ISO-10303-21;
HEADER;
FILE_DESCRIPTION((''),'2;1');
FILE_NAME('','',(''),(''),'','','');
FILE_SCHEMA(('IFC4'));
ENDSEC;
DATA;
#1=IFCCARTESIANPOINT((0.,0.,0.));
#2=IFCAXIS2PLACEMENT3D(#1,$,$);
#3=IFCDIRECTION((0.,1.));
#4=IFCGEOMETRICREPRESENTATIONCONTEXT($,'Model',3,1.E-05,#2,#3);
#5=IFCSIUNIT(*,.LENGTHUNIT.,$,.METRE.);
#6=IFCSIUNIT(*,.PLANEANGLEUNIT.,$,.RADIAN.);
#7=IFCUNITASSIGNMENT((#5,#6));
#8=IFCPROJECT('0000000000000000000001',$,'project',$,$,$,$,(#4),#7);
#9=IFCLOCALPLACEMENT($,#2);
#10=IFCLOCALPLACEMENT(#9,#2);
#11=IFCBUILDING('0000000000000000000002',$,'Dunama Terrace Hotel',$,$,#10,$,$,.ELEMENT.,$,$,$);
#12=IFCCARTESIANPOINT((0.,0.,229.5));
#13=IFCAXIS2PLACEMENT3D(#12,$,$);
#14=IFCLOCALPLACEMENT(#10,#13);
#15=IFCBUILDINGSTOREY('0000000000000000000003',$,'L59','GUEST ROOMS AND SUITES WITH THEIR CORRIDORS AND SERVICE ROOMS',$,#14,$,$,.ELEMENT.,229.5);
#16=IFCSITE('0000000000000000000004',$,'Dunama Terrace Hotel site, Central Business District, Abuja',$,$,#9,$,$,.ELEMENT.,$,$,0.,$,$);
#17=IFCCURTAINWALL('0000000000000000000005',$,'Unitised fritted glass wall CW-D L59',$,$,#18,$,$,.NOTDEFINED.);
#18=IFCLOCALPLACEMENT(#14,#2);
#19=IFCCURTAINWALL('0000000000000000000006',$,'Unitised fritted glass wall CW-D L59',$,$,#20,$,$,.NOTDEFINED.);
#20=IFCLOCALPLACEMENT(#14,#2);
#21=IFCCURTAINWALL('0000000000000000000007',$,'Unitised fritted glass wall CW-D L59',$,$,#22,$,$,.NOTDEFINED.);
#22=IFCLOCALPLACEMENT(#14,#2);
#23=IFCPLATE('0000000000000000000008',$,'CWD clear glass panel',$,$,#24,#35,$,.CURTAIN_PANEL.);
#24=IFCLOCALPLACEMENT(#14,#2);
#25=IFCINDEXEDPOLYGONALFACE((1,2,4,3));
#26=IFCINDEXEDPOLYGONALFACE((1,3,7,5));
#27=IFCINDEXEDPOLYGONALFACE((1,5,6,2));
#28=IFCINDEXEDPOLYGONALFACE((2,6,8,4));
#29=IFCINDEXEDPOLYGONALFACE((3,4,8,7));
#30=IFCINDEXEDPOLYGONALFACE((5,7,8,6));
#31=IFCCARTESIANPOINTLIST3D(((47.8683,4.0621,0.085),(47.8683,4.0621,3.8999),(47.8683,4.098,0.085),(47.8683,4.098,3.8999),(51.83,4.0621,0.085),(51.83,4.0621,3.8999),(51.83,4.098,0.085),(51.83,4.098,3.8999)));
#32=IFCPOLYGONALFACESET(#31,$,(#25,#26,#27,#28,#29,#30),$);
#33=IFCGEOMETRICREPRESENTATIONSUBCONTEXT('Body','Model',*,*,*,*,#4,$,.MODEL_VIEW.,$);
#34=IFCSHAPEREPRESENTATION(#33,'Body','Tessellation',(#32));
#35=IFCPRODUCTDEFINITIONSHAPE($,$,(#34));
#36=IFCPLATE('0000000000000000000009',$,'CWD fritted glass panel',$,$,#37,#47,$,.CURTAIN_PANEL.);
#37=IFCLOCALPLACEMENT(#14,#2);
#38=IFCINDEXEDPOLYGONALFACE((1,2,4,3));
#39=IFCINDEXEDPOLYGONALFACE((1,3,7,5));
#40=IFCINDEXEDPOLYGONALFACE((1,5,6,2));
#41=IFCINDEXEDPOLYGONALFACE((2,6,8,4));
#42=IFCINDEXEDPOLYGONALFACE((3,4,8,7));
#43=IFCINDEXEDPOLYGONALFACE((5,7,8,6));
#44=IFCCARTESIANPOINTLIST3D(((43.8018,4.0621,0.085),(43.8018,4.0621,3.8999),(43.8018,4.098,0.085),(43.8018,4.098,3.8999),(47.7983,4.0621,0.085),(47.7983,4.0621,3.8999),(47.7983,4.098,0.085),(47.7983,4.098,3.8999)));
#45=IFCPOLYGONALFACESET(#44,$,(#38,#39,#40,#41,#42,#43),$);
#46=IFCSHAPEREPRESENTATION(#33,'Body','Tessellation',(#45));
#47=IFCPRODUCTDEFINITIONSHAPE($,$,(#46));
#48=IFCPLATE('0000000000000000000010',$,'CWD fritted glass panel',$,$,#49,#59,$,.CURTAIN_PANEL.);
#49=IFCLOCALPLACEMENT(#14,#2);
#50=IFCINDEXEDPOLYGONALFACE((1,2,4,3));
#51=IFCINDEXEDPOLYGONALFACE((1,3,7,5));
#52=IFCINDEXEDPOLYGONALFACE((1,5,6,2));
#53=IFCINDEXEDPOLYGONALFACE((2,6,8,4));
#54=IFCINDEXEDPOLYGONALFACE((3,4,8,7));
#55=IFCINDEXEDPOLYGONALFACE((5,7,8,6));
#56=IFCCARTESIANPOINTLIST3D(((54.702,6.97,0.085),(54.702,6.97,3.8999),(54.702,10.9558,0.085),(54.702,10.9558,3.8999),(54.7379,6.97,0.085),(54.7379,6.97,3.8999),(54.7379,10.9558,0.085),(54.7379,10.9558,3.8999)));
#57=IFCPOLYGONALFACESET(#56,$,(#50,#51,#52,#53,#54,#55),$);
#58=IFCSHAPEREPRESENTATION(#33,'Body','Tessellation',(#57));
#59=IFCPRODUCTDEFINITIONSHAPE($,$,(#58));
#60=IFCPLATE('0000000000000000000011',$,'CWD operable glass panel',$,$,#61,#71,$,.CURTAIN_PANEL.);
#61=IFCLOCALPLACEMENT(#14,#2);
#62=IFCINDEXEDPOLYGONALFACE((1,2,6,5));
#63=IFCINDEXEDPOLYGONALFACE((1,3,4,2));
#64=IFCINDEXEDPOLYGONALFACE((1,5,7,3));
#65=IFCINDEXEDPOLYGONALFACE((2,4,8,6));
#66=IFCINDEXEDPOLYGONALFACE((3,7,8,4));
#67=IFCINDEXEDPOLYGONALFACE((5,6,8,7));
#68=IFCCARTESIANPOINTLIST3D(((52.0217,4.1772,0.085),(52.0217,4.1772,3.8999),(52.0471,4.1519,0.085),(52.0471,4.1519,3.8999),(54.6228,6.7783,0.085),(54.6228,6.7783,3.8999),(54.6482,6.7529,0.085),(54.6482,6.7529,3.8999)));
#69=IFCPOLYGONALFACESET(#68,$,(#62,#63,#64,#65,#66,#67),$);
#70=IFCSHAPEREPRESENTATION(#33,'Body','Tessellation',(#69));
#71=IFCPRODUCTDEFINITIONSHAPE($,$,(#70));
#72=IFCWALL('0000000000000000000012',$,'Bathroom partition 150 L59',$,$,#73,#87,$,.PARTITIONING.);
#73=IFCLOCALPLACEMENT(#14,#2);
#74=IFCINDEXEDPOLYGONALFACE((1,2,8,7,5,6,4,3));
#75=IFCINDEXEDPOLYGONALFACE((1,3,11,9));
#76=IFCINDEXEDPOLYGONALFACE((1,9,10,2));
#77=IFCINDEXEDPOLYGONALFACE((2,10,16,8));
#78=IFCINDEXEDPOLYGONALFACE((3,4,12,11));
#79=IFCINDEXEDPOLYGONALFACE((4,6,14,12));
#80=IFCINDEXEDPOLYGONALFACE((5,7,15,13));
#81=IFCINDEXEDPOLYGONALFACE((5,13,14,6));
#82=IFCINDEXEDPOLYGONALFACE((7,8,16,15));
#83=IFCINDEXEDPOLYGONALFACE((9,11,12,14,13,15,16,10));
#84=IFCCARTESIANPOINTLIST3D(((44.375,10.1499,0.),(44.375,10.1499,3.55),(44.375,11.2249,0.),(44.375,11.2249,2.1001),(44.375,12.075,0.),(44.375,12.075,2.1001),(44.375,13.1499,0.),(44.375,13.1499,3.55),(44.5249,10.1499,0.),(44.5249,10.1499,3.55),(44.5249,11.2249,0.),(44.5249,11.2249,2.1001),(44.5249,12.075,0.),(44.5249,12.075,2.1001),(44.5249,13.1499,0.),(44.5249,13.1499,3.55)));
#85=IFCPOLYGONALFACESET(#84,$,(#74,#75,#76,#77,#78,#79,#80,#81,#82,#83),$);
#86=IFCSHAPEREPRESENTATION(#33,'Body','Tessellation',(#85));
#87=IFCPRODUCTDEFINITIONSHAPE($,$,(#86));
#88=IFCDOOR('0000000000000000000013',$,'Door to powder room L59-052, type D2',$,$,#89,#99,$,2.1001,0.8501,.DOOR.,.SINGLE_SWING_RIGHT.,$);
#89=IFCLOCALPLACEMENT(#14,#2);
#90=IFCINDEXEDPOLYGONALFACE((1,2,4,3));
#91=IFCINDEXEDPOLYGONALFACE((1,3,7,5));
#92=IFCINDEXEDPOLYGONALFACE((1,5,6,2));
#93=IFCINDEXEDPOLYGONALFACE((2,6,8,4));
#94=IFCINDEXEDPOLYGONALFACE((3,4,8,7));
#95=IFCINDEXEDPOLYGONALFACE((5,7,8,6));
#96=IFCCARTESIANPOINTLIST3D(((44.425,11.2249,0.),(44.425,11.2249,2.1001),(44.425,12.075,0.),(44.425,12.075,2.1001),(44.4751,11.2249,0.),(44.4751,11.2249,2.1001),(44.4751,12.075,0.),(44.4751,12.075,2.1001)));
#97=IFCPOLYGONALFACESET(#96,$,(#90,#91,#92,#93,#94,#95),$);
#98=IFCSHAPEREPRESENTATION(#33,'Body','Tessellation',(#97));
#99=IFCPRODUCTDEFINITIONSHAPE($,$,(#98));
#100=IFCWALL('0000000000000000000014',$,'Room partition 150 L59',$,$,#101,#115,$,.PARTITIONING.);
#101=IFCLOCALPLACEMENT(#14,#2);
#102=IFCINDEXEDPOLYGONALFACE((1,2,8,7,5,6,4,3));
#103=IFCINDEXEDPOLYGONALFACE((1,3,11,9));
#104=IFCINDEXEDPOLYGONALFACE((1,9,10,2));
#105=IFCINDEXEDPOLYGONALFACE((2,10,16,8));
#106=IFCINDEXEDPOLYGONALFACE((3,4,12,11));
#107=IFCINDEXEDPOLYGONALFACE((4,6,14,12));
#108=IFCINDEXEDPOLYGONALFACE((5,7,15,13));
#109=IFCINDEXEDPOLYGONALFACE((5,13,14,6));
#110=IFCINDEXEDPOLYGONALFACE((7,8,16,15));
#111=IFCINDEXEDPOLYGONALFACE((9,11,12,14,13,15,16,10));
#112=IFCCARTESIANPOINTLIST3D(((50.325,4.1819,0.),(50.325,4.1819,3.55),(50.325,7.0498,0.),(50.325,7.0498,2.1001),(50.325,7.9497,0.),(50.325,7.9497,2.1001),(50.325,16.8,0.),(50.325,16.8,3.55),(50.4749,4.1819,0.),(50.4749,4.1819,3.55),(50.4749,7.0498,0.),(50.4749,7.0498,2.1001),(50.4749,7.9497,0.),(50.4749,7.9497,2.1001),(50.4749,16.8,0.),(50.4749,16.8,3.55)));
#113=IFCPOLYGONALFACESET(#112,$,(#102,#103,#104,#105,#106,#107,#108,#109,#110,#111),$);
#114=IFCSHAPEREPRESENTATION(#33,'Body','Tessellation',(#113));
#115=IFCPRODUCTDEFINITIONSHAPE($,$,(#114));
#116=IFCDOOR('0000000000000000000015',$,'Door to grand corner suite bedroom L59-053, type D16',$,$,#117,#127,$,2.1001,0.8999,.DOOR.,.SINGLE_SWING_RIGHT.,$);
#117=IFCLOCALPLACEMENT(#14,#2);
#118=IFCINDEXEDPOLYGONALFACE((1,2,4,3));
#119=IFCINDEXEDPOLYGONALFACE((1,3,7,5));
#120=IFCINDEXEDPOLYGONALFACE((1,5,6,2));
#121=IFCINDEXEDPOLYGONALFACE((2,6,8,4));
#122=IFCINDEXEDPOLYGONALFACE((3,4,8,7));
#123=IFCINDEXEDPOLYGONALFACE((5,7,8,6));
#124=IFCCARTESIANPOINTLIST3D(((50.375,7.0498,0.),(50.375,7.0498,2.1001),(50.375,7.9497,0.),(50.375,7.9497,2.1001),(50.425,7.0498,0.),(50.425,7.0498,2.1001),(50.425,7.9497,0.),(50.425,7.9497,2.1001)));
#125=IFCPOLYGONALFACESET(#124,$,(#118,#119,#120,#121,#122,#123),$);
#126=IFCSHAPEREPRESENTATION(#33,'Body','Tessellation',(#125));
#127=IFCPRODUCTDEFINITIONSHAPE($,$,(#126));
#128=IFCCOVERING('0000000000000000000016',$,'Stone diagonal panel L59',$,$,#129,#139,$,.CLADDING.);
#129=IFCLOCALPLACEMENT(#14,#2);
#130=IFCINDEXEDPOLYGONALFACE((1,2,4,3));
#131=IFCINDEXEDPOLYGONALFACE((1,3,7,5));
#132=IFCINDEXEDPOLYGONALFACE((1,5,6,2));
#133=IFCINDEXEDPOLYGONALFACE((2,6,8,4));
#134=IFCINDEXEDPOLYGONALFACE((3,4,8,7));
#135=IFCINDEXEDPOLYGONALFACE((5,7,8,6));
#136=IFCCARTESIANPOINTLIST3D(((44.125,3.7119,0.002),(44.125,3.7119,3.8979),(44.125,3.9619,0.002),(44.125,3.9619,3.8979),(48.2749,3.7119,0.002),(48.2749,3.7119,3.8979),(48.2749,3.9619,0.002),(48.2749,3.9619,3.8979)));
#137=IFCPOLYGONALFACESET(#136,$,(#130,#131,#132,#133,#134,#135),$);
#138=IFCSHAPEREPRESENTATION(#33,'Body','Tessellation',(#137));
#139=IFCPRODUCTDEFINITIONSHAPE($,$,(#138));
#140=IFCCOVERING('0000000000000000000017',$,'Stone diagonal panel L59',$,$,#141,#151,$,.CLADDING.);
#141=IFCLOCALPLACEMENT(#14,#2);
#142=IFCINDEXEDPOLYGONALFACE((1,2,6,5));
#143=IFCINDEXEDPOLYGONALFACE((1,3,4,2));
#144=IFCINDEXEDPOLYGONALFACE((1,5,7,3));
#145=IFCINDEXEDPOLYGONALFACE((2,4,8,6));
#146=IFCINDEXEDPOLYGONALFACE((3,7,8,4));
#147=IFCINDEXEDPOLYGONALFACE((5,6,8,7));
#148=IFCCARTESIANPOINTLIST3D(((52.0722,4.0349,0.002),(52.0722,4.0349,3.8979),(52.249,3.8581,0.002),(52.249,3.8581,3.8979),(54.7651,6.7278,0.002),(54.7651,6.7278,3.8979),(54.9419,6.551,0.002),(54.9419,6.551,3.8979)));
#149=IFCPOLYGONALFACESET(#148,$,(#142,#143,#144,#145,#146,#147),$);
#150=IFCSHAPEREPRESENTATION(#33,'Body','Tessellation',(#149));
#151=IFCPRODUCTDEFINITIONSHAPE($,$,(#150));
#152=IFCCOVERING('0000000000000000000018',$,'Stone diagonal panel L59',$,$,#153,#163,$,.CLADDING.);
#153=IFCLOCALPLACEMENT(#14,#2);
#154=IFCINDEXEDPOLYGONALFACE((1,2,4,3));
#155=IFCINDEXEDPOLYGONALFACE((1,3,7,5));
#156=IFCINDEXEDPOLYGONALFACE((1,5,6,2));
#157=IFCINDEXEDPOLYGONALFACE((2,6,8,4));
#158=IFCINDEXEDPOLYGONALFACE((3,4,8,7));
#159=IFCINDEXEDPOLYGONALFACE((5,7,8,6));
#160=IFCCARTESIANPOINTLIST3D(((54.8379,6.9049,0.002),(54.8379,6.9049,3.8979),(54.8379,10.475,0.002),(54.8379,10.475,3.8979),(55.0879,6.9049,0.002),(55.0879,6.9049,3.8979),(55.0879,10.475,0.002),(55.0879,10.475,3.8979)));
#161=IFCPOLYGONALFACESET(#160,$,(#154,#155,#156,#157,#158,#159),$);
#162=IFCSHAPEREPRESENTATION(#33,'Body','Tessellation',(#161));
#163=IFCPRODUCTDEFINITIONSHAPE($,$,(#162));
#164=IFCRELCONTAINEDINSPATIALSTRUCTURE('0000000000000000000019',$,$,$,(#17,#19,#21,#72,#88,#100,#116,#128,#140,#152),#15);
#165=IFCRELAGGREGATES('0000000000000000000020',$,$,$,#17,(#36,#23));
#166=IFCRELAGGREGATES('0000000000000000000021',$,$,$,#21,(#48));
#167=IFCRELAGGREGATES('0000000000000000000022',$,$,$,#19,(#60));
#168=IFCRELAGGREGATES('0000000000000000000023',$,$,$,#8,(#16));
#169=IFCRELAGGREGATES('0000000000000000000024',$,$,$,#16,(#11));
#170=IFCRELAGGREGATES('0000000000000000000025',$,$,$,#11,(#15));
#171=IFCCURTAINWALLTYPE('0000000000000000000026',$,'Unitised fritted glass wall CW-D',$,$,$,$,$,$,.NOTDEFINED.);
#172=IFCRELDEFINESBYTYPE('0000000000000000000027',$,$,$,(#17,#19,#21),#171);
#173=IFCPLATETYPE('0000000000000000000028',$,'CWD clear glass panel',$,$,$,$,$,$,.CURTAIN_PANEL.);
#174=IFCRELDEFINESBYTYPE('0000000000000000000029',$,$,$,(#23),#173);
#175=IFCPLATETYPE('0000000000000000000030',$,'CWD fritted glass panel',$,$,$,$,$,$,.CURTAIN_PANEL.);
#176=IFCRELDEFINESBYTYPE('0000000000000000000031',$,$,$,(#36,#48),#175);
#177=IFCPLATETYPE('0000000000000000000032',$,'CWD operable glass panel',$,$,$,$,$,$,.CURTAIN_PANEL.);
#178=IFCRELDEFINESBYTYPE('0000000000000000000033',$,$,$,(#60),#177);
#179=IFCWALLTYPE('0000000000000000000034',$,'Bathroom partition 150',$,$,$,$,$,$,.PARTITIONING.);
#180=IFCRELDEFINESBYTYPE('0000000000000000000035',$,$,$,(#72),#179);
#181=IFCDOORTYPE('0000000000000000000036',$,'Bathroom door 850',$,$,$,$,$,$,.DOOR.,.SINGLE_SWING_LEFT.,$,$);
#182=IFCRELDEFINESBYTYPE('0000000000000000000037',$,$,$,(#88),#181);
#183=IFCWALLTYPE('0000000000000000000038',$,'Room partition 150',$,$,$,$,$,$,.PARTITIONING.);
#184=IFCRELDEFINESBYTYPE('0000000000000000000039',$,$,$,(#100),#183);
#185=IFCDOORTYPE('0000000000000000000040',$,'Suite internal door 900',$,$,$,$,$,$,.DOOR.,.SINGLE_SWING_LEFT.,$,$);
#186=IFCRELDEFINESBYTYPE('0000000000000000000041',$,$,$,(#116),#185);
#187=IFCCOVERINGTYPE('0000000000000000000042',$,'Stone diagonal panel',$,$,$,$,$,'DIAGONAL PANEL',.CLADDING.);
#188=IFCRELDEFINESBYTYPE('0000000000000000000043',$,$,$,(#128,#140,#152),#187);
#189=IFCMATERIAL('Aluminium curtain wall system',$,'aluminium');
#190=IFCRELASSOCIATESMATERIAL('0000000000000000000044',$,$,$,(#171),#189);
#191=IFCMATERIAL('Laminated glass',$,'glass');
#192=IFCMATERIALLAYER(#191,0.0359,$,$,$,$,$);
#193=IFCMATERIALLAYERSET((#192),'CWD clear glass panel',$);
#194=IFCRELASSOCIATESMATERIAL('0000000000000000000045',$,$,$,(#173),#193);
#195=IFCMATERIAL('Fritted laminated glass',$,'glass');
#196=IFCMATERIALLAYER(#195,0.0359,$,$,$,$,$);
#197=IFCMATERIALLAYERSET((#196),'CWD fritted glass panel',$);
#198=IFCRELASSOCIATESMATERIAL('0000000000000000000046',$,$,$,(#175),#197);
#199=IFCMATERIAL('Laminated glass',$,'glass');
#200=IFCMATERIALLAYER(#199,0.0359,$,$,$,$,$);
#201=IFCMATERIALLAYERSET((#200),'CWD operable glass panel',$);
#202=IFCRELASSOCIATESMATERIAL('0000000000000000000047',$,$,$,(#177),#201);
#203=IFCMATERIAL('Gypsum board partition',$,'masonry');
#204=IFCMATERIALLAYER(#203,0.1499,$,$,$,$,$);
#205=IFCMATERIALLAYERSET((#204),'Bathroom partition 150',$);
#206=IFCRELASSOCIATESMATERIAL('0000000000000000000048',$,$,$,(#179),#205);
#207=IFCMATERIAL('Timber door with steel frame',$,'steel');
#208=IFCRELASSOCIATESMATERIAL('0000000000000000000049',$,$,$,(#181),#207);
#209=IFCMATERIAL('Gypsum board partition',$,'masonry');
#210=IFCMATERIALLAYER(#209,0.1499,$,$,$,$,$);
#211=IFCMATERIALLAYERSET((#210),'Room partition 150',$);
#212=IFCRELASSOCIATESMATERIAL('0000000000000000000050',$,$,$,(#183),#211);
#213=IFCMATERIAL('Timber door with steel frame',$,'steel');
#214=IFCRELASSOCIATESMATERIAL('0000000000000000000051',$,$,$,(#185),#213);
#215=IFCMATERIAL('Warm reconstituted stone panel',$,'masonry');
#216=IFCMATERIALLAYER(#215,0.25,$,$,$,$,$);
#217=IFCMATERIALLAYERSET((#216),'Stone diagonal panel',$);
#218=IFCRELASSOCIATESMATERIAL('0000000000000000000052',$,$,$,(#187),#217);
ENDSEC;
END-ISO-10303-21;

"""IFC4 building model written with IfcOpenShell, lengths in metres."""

from ifc_helpers import new_model, si_unit, direction, frame, frame_2d, origin, origin_2d, place, context, subcontext, project, spatial, rectangle, extrude, material, layer, layer_set, type_object, element, fill, aggregate, save


model = new_model("IFC4")

# Units and contexts
model_context = context("Model", 3, precision=1e-05, world=origin(), true_north=direction((0.0, 1.0)))
body_context = subcontext(model_context, "Body", "Model", "MODEL_VIEW")
ifc_project = project(units=[si_unit("LENGTHUNIT", "METRE"), si_unit("PLANEANGLEUNIT", "RADIAN")], contexts=[model_context])

# Site, building, storey
site_placement = place(None, origin())
site = spatial("IfcSite", under=ifc_project, at=site_placement, Name="Dunama Terrace Hotel site, Central Business District, Abuja", CompositionType="ELEMENT", RefElevation=0.0)
building_placement = place(site_placement, origin())
building = spatial("IfcBuilding", under=site, at=building_placement, Name="Dunama Terrace Hotel", CompositionType="ELEMENT")
storey_placement = place(building_placement, frame((0.0, 0.0, 229.5)))
storey = spatial("IfcBuildingStorey", under=building, at=storey_placement, Name="L59", Description="GUEST ROOMS AND SUITES WITH THEIR CORRIDORS AND SERVICE ROOMS", CompositionType="ELEMENT", Elevation=229.5)

# Curtain walls
ifc_material_1 = material(Name="Aluminium curtain wall system", Category="aluminium")
curtain_wall_type = type_object("IfcCurtainWallType", Name="Unitised fritted glass wall CW-D", PredefinedType="NOTDEFINED", material=ifc_material_1)
curtain_wall_1_placement = place(storey_placement, origin())
curtain_wall_1 = element("IfcCurtainWall", 1, at=curtain_wall_1_placement, inside=storey, type_object=curtain_wall_type, Name="Unitised fritted glass wall CW-D L59", PredefinedType="NOTDEFINED")
curtain_wall_2_placement = place(storey_placement, origin())
curtain_wall_2 = element("IfcCurtainWall", 2, at=curtain_wall_2_placement, inside=storey, type_object=curtain_wall_type, Name="Unitised fritted glass wall CW-D L59", PredefinedType="NOTDEFINED")

# Curtain wall
curtain_wall_3_placement = place(storey_placement, origin())
curtain_wall_3 = element("IfcCurtainWall", 3, at=curtain_wall_3_placement, inside=storey, type_object=curtain_wall_type, Name="Unitised fritted glass wall CW-D L59", PredefinedType="NOTDEFINED")

# Plates
ifc_material_2 = material(Name="Laminated glass", Category="glass")
ifc_layer_1 = layer(ifc_material_2, 0.0359)
ifc_layer_set_1 = layer_set([ifc_layer_1], Name="CWD clear glass panel")
plate_type_1 = type_object("IfcPlateType", Name="CWD clear glass panel", PredefinedType="CURTAIN_PANEL", material=ifc_layer_set_1)
plate_1_placement = place(storey_placement, frame((49.8491, 4.0801, 0.085), z_axis=(0.0, 0.0, 1.0), x_axis=(1.0, 0.0, 0.0)))
plate_1 = element("IfcPlate", 4, at=plate_1_placement, type_object=plate_type_1, Name="CWD clear glass panel", PredefinedType="CURTAIN_PANEL", context=body_context, shape_type="SweptSolid", body=[
    extrude(rectangle(XDim=3.9617, YDim=0.0359, at=origin_2d()), origin(), (0.0, 0.0, 1.0), 3.8149),
])
ifc_material_3 = material(Name="Fritted laminated glass", Category="glass")
ifc_layer_2 = layer(ifc_material_3, 0.0359)
ifc_layer_set_2 = layer_set([ifc_layer_2], Name="CWD fritted glass panel")
plate_type_2 = type_object("IfcPlateType", Name="CWD fritted glass panel", PredefinedType="CURTAIN_PANEL", material=ifc_layer_set_2)
plate_2_placement = place(storey_placement, frame((45.8, 4.0801, 0.085), z_axis=(0.0, 0.0, 1.0), x_axis=(1.0, 0.0, 0.0)))
plate_2 = element("IfcPlate", 5, at=plate_2_placement, type_object=plate_type_2, Name="CWD fritted glass panel", PredefinedType="CURTAIN_PANEL", context=body_context, shape_type="SweptSolid", body=[
    extrude(rectangle(XDim=3.9966, YDim=0.0359, at=origin_2d()), origin(), (0.0, 0.0, 1.0), 3.8149),
])
aggregate(curtain_wall_1, [plate_2, plate_1])
plate_3_placement = place(storey_placement, frame((54.72, 8.9629, 0.085), z_axis=(0.0, 0.0, 1.0), x_axis=(0.0, 1.0, 0.0)))
plate_3 = element("IfcPlate", 6, at=plate_3_placement, type_object=plate_type_2, Name="CWD fritted glass panel", PredefinedType="CURTAIN_PANEL", context=body_context, shape_type="SweptSolid", body=[
    extrude(rectangle(XDim=3.9858, YDim=0.0359, at=origin_2d()), origin(), (0.0, 0.0, 1.0), 3.8149),
])
aggregate(curtain_wall_3, [plate_3])
ifc_material_4 = material(Name="Laminated glass", Category="glass")
ifc_layer_3 = layer(ifc_material_4, 0.0359)
ifc_layer_set_3 = layer_set([ifc_layer_3], Name="CWD operable glass panel")
plate_type_3 = type_object("IfcPlateType", Name="CWD operable glass panel", PredefinedType="CURTAIN_PANEL", material=ifc_layer_set_3)
plate_4_placement = place(storey_placement, frame((53.335, 5.4651, 0.085), z_axis=(0.0, 0.0, 1.0), x_axis=(0.707107, 0.707107, 0.0)))
plate_4 = element("IfcPlate", 7, at=plate_4_placement, type_object=plate_type_3, Name="CWD operable glass panel", PredefinedType="CURTAIN_PANEL", context=body_context, shape_type="SweptSolid", body=[
    extrude(rectangle(XDim=3.6785, YDim=0.0359, at=origin_2d()), origin(), (0.0, 0.0, 1.0), 3.8149),
])
aggregate(curtain_wall_2, [plate_4])

# Walls, openings, doors
ifc_material_5 = material(Name="Gypsum board partition", Category="masonry")
ifc_layer_4 = layer(ifc_material_5, 0.1499)
ifc_layer_set_4 = layer_set([ifc_layer_4], Name="Bathroom partition 150")
wall_type_1 = type_object("IfcWallType", Name="Bathroom partition 150", PredefinedType="PARTITIONING", material=ifc_layer_set_4)
wall_1_placement = place(storey_placement, frame((44.45, 10.1499, 0.0), z_axis=(0.0, 0.0, 1.0), x_axis=(0.0, 1.0, 0.0)))
wall_1 = element("IfcWall", 8, at=wall_1_placement, inside=storey, type_object=wall_type_1, Name="Bathroom partition 150 L59", PredefinedType="PARTITIONING", context=body_context, shape_type="SweptSolid", body=[
    extrude(rectangle(XDim=3.0, YDim=0.1499, at=frame_2d((1.5, 0.0))), origin(), (0.0, 0.0, 1.0), 3.55),
])
opening_1_placement = place(wall_1_placement, frame((1.075, 0.0, 0.0)))
opening_1 = element("IfcOpeningElement", 9, at=opening_1_placement, cuts=wall_1, PredefinedType="OPENING", context=body_context, shape_type="SweptSolid", body=[
    extrude(rectangle(XDim=0.8501, YDim=2.1001, at=frame_2d((0.425, 1.05))), frame((0.0, 0.085, 0.0), z_axis=(0.0, -1.0, 0.0), x_axis=(1.0, 0.0, 0.0)), (0.0, 0.0, 1.0), 0.1699),
])
ifc_material_6 = material(Name="Timber door with steel frame", Category="steel")
door_type_1 = type_object("IfcDoorType", Name="Bathroom door 850", OperationType="SINGLE_SWING_LEFT", PredefinedType="DOOR", material=ifc_material_6)
door_1_placement = place(opening_1_placement, origin())
door_1 = element("IfcDoor", 10, at=door_1_placement, inside=storey, type_object=door_type_1, Name="Door to powder room L59-052, type D2", OperationType="SINGLE_SWING_RIGHT", OverallHeight=2.1001, OverallWidth=0.8501, PredefinedType="DOOR", context=body_context, shape_type="SweptSolid", body=[
    extrude(rectangle(XDim=0.8501, YDim=2.1001, at=frame_2d((0.425, 1.05))), frame((0.0, 0.0249, 0.0), z_axis=(0.0, -1.0, 0.0), x_axis=(1.0, 0.0, 0.0)), (0.0, 0.0, 1.0), 0.05),
])
fill(opening_1, door_1)
ifc_material_7 = material(Name="Gypsum board partition", Category="masonry")
ifc_layer_5 = layer(ifc_material_7, 0.1499)
ifc_layer_set_5 = layer_set([ifc_layer_5], Name="Room partition 150")
wall_type_2 = type_object("IfcWallType", Name="Room partition 150", PredefinedType="PARTITIONING", material=ifc_layer_set_5)
wall_2_placement = place(storey_placement, frame((50.3999, 4.1819, 0.0), z_axis=(0.0, 0.0, 1.0), x_axis=(0.0, 1.0, 0.0)))
wall_2 = element("IfcWall", 11, at=wall_2_placement, inside=storey, type_object=wall_type_2, Name="Room partition 150 L59", PredefinedType="PARTITIONING", context=body_context, shape_type="SweptSolid", body=[
    extrude(rectangle(XDim=12.6182, YDim=0.1499, at=frame_2d((6.3091, 0.0))), origin(), (0.0, 0.0, 1.0), 3.55),
])
opening_2_placement = place(wall_2_placement, frame((2.8679, 0.0, 0.0)))
opening_2 = element("IfcOpeningElement", 12, at=opening_2_placement, cuts=wall_2, PredefinedType="OPENING", context=body_context, shape_type="SweptSolid", body=[
    extrude(rectangle(XDim=0.8999, YDim=2.1001, at=frame_2d((0.45, 1.05))), frame((0.0, 0.085, 0.0), z_axis=(0.0, -1.0, 0.0), x_axis=(1.0, 0.0, 0.0)), (0.0, 0.0, 1.0), 0.1699),
])
ifc_material_8 = material(Name="Timber door with steel frame", Category="steel")
door_type_2 = type_object("IfcDoorType", Name="Suite internal door 900", OperationType="SINGLE_SWING_LEFT", PredefinedType="DOOR", material=ifc_material_8)
door_2_placement = place(opening_2_placement, frame((0.8999, 0.0, 0.0), z_axis=(0.0, 0.0, 1.0), x_axis=(-1.0, 0.0, 0.0)))
door_2 = element("IfcDoor", 13, at=door_2_placement, inside=storey, type_object=door_type_2, Name="Door to grand corner suite bedroom L59-053, type D16", OperationType="SINGLE_SWING_RIGHT", OverallHeight=2.1001, OverallWidth=0.8999, PredefinedType="DOOR", context=body_context, shape_type="SweptSolid", body=[
    extrude(rectangle(XDim=0.8999, YDim=2.1001, at=frame_2d((0.45, 1.05))), frame((0.0, 0.0251, 0.0), z_axis=(0.0, -1.0, 0.0), x_axis=(1.0, 0.0, 0.0)), (0.0, 0.0, 1.0), 0.05),
])
fill(opening_2, door_2)

# Coverings
ifc_material_9 = material(Name="Warm reconstituted stone panel", Category="masonry")
ifc_layer_6 = layer(ifc_material_9, 0.25)
ifc_layer_set_6 = layer_set([ifc_layer_6], Name="Stone diagonal panel")
covering_type = type_object("IfcCoveringType", Name="Stone diagonal panel", ElementType="DIAGONAL PANEL", PredefinedType="CLADDING", material=ifc_layer_set_6)
covering_1_placement = place(storey_placement, frame((46.2, 3.8369, 0.002), z_axis=(0.0, 0.0, 1.0), x_axis=(1.0, 0.0, 0.0)))
element("IfcCovering", 14, at=covering_1_placement, inside=storey, type_object=covering_type, Name="Stone diagonal panel L59", PredefinedType="CLADDING", context=body_context, shape_type="SweptSolid", body=[
    extrude(rectangle(XDim=4.1499, YDim=0.25, at=origin_2d()), origin(), (0.0, 0.0, 1.0), 3.896),
])
covering_2_placement = place(storey_placement, frame((53.5071, 5.293, 0.002), z_axis=(0.0, 0.0, 1.0), x_axis=(0.707107, 0.707107, 0.0)))
element("IfcCovering", 15, at=covering_2_placement, inside=storey, type_object=covering_type, Name="Stone diagonal panel L59", PredefinedType="CLADDING", context=body_context, shape_type="SweptSolid", body=[
    extrude(rectangle(XDim=3.8083, YDim=0.25, at=origin_2d()), origin(), (0.0, 0.0, 1.0), 3.896),
])
covering_3_placement = place(storey_placement, frame((54.9629, 8.6899, 0.002), z_axis=(0.0, 0.0, 1.0), x_axis=(0.0, 1.0, 0.0)))
element("IfcCovering", 16, at=covering_3_placement, inside=storey, type_object=covering_type, Name="Stone diagonal panel L59", PredefinedType="CLADDING", context=body_context, shape_type="SweptSolid", body=[
    extrude(rectangle(XDim=3.5701, YDim=0.25, at=origin_2d()), origin(), (0.0, 0.0, 1.0), 3.896),
])

save(model, "model.ifc")
